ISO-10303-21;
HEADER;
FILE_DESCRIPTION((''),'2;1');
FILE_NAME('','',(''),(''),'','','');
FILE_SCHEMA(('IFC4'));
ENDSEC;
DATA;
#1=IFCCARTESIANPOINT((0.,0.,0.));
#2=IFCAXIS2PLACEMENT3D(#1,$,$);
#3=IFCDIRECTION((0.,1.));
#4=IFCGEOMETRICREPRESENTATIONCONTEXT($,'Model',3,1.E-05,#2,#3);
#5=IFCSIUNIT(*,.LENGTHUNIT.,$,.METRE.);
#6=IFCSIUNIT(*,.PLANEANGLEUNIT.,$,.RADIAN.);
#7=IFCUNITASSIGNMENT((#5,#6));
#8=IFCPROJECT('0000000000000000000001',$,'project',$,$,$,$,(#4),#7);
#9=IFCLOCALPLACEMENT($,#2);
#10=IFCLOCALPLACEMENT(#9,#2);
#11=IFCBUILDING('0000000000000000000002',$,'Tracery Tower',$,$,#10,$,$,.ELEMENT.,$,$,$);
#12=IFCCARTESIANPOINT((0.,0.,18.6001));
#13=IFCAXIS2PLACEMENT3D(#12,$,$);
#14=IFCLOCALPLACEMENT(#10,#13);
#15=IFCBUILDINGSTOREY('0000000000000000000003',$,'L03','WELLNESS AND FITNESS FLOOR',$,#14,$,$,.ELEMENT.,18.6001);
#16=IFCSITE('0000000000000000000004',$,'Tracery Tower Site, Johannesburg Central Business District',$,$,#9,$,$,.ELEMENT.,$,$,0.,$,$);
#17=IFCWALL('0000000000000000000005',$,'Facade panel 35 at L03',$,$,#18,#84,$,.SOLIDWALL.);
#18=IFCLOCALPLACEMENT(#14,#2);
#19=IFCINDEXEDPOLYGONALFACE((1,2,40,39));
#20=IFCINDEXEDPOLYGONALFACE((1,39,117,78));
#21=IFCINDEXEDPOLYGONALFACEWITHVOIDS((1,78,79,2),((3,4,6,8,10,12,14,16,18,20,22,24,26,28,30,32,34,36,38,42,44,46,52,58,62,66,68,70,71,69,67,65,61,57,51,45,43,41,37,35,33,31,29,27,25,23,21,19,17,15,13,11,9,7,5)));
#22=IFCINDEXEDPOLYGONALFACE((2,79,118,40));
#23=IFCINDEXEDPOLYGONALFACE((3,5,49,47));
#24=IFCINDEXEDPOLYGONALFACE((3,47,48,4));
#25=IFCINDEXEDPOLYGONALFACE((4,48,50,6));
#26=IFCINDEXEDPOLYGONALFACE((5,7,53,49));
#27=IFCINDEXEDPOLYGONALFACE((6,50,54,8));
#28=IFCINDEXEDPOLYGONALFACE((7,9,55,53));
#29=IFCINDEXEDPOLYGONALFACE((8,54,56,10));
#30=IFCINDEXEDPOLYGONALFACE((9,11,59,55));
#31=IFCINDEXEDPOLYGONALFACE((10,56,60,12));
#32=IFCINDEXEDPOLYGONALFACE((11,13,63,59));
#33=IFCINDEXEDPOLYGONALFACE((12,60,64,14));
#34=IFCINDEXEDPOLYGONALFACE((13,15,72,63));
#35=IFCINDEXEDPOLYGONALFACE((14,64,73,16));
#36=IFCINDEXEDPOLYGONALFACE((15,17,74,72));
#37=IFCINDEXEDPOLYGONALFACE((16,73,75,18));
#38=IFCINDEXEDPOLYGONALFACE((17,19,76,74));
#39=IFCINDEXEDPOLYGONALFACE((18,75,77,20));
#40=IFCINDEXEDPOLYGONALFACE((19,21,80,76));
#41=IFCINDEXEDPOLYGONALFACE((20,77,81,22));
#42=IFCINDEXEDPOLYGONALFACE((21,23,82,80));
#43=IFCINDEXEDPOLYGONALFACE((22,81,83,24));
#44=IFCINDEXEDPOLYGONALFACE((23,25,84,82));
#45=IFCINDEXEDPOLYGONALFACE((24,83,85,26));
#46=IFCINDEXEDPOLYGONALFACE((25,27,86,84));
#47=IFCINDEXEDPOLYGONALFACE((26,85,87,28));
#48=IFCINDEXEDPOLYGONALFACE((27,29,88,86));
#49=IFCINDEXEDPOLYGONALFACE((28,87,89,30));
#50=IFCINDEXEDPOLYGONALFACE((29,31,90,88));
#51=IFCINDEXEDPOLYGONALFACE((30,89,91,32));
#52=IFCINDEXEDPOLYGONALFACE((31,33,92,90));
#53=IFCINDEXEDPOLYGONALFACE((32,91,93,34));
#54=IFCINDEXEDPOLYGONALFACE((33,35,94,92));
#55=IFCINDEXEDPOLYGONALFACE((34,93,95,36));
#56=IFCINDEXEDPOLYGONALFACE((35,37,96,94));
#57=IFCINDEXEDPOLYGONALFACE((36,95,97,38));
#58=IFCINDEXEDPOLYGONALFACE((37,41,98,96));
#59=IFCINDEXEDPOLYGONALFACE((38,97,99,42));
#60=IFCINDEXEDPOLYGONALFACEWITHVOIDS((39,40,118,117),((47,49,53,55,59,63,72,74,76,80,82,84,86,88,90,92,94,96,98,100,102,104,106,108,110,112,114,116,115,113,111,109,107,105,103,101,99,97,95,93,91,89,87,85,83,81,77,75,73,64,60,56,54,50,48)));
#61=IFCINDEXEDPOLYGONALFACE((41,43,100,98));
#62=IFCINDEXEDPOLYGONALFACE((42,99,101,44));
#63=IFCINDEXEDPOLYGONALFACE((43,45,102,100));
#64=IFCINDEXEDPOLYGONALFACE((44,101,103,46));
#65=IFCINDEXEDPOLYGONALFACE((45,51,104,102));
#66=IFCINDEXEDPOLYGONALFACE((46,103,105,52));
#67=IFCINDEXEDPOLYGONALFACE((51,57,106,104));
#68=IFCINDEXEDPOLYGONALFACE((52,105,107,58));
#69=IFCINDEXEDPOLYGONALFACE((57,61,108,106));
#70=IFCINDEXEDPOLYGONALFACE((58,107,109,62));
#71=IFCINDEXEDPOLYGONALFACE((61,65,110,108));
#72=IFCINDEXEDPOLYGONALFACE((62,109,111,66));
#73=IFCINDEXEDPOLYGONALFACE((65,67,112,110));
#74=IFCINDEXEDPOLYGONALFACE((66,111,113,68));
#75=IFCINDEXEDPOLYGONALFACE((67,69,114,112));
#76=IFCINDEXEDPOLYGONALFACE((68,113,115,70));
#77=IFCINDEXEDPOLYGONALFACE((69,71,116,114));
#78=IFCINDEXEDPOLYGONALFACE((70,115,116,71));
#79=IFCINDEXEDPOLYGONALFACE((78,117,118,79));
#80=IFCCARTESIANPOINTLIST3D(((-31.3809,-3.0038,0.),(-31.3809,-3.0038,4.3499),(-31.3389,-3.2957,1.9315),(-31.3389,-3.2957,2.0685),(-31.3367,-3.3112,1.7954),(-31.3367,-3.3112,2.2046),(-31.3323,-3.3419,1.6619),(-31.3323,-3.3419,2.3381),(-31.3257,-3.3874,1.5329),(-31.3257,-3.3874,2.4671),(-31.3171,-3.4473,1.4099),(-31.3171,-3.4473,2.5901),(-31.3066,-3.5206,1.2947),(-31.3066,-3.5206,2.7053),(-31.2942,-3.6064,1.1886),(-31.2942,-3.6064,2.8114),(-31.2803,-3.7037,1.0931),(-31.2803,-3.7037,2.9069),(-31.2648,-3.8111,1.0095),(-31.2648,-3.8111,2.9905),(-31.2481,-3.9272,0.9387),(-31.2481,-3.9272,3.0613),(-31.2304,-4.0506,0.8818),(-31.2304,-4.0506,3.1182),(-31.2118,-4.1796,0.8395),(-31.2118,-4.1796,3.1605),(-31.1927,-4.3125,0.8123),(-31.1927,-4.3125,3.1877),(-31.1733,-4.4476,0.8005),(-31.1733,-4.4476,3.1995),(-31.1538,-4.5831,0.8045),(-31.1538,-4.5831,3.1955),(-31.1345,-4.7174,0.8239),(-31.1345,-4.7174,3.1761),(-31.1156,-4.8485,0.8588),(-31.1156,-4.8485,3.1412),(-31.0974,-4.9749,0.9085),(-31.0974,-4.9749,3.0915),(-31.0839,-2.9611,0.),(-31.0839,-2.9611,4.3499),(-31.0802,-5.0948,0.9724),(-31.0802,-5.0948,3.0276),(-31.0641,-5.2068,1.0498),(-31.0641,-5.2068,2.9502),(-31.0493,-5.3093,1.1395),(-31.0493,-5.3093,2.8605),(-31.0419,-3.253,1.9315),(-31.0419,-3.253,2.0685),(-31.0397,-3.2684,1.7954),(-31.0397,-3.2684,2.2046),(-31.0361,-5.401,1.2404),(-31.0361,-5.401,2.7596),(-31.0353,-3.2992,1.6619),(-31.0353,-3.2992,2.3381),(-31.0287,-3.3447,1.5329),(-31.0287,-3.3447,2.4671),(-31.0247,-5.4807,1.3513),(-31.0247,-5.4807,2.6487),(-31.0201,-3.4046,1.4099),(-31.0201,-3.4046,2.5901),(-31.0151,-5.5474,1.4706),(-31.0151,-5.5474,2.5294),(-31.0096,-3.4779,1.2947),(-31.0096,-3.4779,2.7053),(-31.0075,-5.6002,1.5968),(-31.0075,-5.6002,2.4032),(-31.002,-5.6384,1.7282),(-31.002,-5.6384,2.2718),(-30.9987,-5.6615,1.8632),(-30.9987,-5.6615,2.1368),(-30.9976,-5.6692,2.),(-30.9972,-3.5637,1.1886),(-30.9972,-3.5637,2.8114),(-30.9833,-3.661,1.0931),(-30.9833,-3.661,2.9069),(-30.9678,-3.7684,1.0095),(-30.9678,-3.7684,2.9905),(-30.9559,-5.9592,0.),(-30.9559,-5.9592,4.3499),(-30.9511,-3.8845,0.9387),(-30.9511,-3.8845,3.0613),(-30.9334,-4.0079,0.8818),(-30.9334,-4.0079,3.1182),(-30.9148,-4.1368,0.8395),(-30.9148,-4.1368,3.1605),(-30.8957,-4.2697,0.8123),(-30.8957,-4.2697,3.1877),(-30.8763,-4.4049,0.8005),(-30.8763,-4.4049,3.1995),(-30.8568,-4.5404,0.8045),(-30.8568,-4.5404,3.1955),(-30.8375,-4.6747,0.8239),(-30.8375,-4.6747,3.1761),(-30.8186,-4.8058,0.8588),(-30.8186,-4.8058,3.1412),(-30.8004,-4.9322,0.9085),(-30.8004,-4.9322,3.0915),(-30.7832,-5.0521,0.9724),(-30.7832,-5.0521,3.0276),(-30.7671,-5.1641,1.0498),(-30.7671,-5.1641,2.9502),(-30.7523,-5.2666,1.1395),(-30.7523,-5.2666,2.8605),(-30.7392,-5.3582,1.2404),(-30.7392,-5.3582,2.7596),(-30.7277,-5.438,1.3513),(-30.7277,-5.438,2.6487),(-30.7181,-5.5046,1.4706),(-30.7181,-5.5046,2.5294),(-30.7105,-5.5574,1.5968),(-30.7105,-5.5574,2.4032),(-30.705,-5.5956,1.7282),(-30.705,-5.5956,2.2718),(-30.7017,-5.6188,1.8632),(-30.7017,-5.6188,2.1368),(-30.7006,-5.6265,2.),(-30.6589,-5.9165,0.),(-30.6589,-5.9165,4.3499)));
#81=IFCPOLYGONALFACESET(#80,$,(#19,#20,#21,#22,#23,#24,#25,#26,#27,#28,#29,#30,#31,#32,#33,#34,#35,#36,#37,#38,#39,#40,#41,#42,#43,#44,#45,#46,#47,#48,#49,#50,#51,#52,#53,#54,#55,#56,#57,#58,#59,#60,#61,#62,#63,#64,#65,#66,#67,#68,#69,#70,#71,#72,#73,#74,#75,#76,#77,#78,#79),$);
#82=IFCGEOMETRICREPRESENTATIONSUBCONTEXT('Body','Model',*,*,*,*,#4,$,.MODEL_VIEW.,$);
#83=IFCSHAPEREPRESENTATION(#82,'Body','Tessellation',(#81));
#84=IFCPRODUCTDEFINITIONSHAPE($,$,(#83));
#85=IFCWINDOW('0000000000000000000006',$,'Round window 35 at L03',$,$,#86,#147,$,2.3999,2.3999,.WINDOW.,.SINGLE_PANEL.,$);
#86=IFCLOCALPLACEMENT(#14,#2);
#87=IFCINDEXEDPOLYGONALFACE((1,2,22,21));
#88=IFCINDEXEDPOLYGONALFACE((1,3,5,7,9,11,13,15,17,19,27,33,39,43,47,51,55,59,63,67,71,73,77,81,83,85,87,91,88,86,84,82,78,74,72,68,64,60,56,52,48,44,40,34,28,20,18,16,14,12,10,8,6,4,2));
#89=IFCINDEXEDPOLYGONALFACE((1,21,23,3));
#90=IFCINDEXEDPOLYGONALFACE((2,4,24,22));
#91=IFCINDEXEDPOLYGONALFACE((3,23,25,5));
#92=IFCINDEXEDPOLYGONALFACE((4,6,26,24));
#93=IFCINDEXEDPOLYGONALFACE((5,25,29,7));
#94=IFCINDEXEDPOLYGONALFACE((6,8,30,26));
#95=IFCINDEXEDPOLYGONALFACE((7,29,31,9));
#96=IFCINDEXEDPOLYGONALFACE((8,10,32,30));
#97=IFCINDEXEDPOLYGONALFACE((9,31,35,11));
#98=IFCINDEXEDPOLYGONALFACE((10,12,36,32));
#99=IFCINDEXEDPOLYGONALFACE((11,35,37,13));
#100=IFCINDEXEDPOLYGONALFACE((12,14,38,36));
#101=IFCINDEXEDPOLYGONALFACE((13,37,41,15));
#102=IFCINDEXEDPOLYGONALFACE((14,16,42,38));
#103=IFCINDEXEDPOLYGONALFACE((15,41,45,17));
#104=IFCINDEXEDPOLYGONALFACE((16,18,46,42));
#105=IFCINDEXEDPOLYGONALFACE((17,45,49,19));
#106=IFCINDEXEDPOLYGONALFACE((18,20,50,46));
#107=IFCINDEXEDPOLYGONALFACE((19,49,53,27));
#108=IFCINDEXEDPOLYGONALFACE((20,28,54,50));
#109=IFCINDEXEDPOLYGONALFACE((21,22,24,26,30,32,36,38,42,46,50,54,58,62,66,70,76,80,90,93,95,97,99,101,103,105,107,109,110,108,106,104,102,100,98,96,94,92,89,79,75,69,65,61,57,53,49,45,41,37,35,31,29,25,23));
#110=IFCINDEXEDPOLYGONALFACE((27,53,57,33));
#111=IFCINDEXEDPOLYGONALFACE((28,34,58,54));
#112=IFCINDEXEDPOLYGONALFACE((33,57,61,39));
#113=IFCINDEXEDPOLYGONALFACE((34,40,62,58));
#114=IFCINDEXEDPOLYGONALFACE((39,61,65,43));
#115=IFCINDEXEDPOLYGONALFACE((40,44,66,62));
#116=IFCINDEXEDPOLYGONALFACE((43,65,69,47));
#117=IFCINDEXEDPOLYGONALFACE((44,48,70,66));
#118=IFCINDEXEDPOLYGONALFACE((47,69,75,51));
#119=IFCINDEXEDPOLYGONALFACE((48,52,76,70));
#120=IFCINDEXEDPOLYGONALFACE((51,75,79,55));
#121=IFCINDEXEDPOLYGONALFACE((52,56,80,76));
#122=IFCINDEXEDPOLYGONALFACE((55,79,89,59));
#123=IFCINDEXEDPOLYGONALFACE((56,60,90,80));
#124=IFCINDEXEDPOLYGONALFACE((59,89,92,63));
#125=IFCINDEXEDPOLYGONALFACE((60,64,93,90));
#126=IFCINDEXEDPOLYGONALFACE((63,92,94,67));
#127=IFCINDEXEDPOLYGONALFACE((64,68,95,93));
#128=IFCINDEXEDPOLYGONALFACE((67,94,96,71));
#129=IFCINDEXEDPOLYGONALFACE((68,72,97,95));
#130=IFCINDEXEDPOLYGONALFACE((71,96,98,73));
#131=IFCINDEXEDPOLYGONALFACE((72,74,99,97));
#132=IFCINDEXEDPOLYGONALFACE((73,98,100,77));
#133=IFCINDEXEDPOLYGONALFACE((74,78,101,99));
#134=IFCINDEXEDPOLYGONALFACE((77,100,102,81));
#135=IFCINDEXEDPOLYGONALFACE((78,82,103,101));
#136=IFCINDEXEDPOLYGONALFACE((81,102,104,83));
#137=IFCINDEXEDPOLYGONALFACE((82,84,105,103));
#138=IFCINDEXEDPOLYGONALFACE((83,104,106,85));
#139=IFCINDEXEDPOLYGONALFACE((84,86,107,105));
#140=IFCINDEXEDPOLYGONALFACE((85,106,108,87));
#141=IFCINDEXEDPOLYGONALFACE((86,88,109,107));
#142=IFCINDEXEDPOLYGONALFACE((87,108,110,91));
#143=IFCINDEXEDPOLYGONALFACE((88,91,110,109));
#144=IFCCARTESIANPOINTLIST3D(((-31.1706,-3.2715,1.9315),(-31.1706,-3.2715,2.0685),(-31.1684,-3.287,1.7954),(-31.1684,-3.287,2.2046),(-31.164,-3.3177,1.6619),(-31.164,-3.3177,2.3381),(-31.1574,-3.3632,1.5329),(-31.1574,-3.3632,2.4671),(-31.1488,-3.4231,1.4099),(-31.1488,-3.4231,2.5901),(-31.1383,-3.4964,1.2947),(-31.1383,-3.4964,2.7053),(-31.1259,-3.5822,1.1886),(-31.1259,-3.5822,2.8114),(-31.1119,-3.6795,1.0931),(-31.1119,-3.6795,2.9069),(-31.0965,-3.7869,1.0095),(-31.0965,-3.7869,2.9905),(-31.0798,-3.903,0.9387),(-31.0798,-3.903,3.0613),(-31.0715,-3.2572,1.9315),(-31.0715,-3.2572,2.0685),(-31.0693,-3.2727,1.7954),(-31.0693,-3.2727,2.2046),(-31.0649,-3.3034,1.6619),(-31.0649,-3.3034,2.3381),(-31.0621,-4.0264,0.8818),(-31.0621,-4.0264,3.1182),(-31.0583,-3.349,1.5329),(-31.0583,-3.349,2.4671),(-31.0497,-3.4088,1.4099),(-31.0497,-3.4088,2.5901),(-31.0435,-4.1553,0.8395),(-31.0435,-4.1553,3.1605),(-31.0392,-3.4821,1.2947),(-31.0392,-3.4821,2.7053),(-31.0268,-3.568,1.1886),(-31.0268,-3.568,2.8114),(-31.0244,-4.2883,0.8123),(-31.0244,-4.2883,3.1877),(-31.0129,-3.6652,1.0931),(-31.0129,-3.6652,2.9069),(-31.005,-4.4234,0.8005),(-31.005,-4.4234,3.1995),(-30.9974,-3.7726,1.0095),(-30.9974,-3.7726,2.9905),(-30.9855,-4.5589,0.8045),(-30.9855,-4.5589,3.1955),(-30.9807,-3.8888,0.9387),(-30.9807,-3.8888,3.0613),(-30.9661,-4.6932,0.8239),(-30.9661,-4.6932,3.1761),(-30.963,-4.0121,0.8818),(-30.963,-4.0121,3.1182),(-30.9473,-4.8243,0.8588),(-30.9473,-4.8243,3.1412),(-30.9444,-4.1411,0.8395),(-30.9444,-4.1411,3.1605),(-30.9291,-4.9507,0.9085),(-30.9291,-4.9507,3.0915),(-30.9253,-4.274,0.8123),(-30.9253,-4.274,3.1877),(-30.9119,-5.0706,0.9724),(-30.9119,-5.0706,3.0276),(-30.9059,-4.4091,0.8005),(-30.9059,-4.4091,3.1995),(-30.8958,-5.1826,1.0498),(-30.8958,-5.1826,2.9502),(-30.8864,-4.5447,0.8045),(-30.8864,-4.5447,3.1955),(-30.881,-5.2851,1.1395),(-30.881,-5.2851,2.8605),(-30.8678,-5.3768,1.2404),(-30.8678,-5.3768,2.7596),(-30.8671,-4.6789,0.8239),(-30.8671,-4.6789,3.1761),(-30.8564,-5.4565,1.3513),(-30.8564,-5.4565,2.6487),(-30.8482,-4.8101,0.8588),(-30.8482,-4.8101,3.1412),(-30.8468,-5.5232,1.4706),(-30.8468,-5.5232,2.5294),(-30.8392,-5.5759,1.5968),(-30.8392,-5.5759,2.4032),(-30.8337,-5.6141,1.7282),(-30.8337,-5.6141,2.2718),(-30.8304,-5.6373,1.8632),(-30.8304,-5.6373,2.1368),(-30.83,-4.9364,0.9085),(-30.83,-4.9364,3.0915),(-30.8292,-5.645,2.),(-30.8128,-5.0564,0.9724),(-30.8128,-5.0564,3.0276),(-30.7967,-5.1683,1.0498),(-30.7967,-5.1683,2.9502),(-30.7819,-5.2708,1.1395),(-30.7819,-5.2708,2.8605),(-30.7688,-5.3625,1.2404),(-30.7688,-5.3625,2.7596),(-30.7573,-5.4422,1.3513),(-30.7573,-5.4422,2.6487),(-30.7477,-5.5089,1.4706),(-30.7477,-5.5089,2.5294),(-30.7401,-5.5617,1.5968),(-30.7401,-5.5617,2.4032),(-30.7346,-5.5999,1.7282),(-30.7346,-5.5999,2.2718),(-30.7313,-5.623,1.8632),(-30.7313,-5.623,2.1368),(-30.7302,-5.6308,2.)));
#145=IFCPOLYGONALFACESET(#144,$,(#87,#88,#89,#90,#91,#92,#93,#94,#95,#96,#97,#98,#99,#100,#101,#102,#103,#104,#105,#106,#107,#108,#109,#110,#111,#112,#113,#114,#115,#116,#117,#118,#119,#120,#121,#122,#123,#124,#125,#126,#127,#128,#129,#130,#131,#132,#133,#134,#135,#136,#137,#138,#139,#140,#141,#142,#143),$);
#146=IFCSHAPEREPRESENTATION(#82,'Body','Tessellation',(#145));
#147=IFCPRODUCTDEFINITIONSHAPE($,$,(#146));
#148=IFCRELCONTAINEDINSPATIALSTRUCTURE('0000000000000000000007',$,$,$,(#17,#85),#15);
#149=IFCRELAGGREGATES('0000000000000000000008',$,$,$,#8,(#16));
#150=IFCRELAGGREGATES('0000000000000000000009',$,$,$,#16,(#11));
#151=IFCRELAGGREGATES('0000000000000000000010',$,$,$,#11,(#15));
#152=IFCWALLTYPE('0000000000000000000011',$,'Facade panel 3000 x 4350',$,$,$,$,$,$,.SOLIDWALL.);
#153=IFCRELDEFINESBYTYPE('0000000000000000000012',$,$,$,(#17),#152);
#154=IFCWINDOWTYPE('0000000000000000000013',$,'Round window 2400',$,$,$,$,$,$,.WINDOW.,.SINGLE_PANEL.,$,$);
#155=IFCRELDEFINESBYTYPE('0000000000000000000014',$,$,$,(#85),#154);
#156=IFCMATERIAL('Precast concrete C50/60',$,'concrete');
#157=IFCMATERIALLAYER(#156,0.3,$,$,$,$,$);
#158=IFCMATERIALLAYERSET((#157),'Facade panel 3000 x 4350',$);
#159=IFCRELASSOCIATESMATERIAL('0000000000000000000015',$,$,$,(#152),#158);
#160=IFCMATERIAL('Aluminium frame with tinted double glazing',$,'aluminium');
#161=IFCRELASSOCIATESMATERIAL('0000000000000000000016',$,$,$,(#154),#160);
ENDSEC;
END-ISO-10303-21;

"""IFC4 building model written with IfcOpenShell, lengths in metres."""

from ifc_helpers import new_model, si_unit, direction, frame, frame_2d, origin, origin_2d, place, context, subcontext, project, spatial, rectangle, circle, extrude, material, layer, layer_set, type_object, element, fill, save


model = new_model("IFC4")

# Units and contexts
model_context = context("Model", 3, precision=1e-05, world=origin(), true_north=direction((0.0, 1.0)))
body_context = subcontext(model_context, "Body", "Model", "MODEL_VIEW")
ifc_project = project(units=[si_unit("LENGTHUNIT", "METRE"), si_unit("PLANEANGLEUNIT", "RADIAN")], contexts=[model_context])

# Site, building, storey
site_placement = place(None, origin())
site = spatial("IfcSite", under=ifc_project, at=site_placement, Name="Tracery Tower Site, Johannesburg Central Business District", CompositionType="ELEMENT", RefElevation=0.0)
building_placement = place(site_placement, origin())
building = spatial("IfcBuilding", under=site, at=building_placement, Name="Tracery Tower", CompositionType="ELEMENT")
storey_placement = place(building_placement, frame((0.0, 0.0, 18.6001)))
storey = spatial("IfcBuildingStorey", under=building, at=storey_placement, Name="L03", Description="WELLNESS AND FITNESS FLOOR", CompositionType="ELEMENT", Elevation=18.6001)

# Wall, opening, window
ifc_material_1 = material(Name="Precast concrete C50/60", Category="concrete")
ifc_layer_1 = layer(ifc_material_1, 0.3)
ifc_layer_set_1 = layer_set([ifc_layer_1], Name="Facade panel 3000 x 4350")
wall_type_1 = type_object("IfcWallType", Name="Facade panel 3000 x 4350", PredefinedType="SOLIDWALL", material=ifc_layer_set_1)
wall_1_placement = place(storey_placement, frame((-31.2324, -2.9824, 0.0), z_axis=(0.0, 0.0, 1.0), x_axis=(0.14236, -0.989815, 0.0)))
wall_1 = element("IfcWall", 1, at=wall_1_placement, inside=storey, type_object=wall_type_1, Name="Facade panel 35 at L03", PredefinedType="SOLIDWALL", context=body_context, shape_type="SweptSolid", body=[
    extrude(rectangle(XDim=2.9858, YDim=0.3, at=frame_2d((1.4929, 0.0))), origin(), (0.0, 0.0, 1.0), 4.3499),
])
opening_1_placement = place(wall_1_placement, frame((1.4929, 0.0, 2.0)))
opening_1 = element("IfcOpeningElement", 2, at=opening_1_placement, cuts=wall_1, PredefinedType="OPENING", context=body_context, shape_type="SweptSolid", body=[
    extrude(circle(Radius=1.2, at=origin_2d()), frame((0.0, 0.1599, 0.0), z_axis=(0.0, -1.0, 0.0), x_axis=(1.0, 0.0, 0.0)), (0.0, 0.0, 1.0), 0.3201),
])
ifc_material_2 = material(Name="Aluminium frame with tinted double glazing", Category="aluminium")
window_type = type_object("IfcWindowType", Name="Round window 2400", PartitioningType="SINGLE_PANEL", PredefinedType="WINDOW", material=ifc_material_2)
window_1_placement = place(opening_1_placement, origin())
window_1 = element("IfcWindow", 3, at=window_1_placement, inside=storey, type_object=window_type, Name="Round window 35 at L03", OverallHeight=2.3999, OverallWidth=2.3999, PartitioningType="SINGLE_PANEL", PredefinedType="WINDOW", context=body_context, shape_type="SweptSolid", body=[
    extrude(circle(Radius=1.2, at=origin_2d()), frame((0.0, 0.1201, 0.0), z_axis=(0.0, -1.0, 0.0), x_axis=(1.0, 0.0, 0.0)), (0.0, 0.0, 1.0), 0.1001),
])
fill(opening_1, window_1)

save(model, "model.ifc")
